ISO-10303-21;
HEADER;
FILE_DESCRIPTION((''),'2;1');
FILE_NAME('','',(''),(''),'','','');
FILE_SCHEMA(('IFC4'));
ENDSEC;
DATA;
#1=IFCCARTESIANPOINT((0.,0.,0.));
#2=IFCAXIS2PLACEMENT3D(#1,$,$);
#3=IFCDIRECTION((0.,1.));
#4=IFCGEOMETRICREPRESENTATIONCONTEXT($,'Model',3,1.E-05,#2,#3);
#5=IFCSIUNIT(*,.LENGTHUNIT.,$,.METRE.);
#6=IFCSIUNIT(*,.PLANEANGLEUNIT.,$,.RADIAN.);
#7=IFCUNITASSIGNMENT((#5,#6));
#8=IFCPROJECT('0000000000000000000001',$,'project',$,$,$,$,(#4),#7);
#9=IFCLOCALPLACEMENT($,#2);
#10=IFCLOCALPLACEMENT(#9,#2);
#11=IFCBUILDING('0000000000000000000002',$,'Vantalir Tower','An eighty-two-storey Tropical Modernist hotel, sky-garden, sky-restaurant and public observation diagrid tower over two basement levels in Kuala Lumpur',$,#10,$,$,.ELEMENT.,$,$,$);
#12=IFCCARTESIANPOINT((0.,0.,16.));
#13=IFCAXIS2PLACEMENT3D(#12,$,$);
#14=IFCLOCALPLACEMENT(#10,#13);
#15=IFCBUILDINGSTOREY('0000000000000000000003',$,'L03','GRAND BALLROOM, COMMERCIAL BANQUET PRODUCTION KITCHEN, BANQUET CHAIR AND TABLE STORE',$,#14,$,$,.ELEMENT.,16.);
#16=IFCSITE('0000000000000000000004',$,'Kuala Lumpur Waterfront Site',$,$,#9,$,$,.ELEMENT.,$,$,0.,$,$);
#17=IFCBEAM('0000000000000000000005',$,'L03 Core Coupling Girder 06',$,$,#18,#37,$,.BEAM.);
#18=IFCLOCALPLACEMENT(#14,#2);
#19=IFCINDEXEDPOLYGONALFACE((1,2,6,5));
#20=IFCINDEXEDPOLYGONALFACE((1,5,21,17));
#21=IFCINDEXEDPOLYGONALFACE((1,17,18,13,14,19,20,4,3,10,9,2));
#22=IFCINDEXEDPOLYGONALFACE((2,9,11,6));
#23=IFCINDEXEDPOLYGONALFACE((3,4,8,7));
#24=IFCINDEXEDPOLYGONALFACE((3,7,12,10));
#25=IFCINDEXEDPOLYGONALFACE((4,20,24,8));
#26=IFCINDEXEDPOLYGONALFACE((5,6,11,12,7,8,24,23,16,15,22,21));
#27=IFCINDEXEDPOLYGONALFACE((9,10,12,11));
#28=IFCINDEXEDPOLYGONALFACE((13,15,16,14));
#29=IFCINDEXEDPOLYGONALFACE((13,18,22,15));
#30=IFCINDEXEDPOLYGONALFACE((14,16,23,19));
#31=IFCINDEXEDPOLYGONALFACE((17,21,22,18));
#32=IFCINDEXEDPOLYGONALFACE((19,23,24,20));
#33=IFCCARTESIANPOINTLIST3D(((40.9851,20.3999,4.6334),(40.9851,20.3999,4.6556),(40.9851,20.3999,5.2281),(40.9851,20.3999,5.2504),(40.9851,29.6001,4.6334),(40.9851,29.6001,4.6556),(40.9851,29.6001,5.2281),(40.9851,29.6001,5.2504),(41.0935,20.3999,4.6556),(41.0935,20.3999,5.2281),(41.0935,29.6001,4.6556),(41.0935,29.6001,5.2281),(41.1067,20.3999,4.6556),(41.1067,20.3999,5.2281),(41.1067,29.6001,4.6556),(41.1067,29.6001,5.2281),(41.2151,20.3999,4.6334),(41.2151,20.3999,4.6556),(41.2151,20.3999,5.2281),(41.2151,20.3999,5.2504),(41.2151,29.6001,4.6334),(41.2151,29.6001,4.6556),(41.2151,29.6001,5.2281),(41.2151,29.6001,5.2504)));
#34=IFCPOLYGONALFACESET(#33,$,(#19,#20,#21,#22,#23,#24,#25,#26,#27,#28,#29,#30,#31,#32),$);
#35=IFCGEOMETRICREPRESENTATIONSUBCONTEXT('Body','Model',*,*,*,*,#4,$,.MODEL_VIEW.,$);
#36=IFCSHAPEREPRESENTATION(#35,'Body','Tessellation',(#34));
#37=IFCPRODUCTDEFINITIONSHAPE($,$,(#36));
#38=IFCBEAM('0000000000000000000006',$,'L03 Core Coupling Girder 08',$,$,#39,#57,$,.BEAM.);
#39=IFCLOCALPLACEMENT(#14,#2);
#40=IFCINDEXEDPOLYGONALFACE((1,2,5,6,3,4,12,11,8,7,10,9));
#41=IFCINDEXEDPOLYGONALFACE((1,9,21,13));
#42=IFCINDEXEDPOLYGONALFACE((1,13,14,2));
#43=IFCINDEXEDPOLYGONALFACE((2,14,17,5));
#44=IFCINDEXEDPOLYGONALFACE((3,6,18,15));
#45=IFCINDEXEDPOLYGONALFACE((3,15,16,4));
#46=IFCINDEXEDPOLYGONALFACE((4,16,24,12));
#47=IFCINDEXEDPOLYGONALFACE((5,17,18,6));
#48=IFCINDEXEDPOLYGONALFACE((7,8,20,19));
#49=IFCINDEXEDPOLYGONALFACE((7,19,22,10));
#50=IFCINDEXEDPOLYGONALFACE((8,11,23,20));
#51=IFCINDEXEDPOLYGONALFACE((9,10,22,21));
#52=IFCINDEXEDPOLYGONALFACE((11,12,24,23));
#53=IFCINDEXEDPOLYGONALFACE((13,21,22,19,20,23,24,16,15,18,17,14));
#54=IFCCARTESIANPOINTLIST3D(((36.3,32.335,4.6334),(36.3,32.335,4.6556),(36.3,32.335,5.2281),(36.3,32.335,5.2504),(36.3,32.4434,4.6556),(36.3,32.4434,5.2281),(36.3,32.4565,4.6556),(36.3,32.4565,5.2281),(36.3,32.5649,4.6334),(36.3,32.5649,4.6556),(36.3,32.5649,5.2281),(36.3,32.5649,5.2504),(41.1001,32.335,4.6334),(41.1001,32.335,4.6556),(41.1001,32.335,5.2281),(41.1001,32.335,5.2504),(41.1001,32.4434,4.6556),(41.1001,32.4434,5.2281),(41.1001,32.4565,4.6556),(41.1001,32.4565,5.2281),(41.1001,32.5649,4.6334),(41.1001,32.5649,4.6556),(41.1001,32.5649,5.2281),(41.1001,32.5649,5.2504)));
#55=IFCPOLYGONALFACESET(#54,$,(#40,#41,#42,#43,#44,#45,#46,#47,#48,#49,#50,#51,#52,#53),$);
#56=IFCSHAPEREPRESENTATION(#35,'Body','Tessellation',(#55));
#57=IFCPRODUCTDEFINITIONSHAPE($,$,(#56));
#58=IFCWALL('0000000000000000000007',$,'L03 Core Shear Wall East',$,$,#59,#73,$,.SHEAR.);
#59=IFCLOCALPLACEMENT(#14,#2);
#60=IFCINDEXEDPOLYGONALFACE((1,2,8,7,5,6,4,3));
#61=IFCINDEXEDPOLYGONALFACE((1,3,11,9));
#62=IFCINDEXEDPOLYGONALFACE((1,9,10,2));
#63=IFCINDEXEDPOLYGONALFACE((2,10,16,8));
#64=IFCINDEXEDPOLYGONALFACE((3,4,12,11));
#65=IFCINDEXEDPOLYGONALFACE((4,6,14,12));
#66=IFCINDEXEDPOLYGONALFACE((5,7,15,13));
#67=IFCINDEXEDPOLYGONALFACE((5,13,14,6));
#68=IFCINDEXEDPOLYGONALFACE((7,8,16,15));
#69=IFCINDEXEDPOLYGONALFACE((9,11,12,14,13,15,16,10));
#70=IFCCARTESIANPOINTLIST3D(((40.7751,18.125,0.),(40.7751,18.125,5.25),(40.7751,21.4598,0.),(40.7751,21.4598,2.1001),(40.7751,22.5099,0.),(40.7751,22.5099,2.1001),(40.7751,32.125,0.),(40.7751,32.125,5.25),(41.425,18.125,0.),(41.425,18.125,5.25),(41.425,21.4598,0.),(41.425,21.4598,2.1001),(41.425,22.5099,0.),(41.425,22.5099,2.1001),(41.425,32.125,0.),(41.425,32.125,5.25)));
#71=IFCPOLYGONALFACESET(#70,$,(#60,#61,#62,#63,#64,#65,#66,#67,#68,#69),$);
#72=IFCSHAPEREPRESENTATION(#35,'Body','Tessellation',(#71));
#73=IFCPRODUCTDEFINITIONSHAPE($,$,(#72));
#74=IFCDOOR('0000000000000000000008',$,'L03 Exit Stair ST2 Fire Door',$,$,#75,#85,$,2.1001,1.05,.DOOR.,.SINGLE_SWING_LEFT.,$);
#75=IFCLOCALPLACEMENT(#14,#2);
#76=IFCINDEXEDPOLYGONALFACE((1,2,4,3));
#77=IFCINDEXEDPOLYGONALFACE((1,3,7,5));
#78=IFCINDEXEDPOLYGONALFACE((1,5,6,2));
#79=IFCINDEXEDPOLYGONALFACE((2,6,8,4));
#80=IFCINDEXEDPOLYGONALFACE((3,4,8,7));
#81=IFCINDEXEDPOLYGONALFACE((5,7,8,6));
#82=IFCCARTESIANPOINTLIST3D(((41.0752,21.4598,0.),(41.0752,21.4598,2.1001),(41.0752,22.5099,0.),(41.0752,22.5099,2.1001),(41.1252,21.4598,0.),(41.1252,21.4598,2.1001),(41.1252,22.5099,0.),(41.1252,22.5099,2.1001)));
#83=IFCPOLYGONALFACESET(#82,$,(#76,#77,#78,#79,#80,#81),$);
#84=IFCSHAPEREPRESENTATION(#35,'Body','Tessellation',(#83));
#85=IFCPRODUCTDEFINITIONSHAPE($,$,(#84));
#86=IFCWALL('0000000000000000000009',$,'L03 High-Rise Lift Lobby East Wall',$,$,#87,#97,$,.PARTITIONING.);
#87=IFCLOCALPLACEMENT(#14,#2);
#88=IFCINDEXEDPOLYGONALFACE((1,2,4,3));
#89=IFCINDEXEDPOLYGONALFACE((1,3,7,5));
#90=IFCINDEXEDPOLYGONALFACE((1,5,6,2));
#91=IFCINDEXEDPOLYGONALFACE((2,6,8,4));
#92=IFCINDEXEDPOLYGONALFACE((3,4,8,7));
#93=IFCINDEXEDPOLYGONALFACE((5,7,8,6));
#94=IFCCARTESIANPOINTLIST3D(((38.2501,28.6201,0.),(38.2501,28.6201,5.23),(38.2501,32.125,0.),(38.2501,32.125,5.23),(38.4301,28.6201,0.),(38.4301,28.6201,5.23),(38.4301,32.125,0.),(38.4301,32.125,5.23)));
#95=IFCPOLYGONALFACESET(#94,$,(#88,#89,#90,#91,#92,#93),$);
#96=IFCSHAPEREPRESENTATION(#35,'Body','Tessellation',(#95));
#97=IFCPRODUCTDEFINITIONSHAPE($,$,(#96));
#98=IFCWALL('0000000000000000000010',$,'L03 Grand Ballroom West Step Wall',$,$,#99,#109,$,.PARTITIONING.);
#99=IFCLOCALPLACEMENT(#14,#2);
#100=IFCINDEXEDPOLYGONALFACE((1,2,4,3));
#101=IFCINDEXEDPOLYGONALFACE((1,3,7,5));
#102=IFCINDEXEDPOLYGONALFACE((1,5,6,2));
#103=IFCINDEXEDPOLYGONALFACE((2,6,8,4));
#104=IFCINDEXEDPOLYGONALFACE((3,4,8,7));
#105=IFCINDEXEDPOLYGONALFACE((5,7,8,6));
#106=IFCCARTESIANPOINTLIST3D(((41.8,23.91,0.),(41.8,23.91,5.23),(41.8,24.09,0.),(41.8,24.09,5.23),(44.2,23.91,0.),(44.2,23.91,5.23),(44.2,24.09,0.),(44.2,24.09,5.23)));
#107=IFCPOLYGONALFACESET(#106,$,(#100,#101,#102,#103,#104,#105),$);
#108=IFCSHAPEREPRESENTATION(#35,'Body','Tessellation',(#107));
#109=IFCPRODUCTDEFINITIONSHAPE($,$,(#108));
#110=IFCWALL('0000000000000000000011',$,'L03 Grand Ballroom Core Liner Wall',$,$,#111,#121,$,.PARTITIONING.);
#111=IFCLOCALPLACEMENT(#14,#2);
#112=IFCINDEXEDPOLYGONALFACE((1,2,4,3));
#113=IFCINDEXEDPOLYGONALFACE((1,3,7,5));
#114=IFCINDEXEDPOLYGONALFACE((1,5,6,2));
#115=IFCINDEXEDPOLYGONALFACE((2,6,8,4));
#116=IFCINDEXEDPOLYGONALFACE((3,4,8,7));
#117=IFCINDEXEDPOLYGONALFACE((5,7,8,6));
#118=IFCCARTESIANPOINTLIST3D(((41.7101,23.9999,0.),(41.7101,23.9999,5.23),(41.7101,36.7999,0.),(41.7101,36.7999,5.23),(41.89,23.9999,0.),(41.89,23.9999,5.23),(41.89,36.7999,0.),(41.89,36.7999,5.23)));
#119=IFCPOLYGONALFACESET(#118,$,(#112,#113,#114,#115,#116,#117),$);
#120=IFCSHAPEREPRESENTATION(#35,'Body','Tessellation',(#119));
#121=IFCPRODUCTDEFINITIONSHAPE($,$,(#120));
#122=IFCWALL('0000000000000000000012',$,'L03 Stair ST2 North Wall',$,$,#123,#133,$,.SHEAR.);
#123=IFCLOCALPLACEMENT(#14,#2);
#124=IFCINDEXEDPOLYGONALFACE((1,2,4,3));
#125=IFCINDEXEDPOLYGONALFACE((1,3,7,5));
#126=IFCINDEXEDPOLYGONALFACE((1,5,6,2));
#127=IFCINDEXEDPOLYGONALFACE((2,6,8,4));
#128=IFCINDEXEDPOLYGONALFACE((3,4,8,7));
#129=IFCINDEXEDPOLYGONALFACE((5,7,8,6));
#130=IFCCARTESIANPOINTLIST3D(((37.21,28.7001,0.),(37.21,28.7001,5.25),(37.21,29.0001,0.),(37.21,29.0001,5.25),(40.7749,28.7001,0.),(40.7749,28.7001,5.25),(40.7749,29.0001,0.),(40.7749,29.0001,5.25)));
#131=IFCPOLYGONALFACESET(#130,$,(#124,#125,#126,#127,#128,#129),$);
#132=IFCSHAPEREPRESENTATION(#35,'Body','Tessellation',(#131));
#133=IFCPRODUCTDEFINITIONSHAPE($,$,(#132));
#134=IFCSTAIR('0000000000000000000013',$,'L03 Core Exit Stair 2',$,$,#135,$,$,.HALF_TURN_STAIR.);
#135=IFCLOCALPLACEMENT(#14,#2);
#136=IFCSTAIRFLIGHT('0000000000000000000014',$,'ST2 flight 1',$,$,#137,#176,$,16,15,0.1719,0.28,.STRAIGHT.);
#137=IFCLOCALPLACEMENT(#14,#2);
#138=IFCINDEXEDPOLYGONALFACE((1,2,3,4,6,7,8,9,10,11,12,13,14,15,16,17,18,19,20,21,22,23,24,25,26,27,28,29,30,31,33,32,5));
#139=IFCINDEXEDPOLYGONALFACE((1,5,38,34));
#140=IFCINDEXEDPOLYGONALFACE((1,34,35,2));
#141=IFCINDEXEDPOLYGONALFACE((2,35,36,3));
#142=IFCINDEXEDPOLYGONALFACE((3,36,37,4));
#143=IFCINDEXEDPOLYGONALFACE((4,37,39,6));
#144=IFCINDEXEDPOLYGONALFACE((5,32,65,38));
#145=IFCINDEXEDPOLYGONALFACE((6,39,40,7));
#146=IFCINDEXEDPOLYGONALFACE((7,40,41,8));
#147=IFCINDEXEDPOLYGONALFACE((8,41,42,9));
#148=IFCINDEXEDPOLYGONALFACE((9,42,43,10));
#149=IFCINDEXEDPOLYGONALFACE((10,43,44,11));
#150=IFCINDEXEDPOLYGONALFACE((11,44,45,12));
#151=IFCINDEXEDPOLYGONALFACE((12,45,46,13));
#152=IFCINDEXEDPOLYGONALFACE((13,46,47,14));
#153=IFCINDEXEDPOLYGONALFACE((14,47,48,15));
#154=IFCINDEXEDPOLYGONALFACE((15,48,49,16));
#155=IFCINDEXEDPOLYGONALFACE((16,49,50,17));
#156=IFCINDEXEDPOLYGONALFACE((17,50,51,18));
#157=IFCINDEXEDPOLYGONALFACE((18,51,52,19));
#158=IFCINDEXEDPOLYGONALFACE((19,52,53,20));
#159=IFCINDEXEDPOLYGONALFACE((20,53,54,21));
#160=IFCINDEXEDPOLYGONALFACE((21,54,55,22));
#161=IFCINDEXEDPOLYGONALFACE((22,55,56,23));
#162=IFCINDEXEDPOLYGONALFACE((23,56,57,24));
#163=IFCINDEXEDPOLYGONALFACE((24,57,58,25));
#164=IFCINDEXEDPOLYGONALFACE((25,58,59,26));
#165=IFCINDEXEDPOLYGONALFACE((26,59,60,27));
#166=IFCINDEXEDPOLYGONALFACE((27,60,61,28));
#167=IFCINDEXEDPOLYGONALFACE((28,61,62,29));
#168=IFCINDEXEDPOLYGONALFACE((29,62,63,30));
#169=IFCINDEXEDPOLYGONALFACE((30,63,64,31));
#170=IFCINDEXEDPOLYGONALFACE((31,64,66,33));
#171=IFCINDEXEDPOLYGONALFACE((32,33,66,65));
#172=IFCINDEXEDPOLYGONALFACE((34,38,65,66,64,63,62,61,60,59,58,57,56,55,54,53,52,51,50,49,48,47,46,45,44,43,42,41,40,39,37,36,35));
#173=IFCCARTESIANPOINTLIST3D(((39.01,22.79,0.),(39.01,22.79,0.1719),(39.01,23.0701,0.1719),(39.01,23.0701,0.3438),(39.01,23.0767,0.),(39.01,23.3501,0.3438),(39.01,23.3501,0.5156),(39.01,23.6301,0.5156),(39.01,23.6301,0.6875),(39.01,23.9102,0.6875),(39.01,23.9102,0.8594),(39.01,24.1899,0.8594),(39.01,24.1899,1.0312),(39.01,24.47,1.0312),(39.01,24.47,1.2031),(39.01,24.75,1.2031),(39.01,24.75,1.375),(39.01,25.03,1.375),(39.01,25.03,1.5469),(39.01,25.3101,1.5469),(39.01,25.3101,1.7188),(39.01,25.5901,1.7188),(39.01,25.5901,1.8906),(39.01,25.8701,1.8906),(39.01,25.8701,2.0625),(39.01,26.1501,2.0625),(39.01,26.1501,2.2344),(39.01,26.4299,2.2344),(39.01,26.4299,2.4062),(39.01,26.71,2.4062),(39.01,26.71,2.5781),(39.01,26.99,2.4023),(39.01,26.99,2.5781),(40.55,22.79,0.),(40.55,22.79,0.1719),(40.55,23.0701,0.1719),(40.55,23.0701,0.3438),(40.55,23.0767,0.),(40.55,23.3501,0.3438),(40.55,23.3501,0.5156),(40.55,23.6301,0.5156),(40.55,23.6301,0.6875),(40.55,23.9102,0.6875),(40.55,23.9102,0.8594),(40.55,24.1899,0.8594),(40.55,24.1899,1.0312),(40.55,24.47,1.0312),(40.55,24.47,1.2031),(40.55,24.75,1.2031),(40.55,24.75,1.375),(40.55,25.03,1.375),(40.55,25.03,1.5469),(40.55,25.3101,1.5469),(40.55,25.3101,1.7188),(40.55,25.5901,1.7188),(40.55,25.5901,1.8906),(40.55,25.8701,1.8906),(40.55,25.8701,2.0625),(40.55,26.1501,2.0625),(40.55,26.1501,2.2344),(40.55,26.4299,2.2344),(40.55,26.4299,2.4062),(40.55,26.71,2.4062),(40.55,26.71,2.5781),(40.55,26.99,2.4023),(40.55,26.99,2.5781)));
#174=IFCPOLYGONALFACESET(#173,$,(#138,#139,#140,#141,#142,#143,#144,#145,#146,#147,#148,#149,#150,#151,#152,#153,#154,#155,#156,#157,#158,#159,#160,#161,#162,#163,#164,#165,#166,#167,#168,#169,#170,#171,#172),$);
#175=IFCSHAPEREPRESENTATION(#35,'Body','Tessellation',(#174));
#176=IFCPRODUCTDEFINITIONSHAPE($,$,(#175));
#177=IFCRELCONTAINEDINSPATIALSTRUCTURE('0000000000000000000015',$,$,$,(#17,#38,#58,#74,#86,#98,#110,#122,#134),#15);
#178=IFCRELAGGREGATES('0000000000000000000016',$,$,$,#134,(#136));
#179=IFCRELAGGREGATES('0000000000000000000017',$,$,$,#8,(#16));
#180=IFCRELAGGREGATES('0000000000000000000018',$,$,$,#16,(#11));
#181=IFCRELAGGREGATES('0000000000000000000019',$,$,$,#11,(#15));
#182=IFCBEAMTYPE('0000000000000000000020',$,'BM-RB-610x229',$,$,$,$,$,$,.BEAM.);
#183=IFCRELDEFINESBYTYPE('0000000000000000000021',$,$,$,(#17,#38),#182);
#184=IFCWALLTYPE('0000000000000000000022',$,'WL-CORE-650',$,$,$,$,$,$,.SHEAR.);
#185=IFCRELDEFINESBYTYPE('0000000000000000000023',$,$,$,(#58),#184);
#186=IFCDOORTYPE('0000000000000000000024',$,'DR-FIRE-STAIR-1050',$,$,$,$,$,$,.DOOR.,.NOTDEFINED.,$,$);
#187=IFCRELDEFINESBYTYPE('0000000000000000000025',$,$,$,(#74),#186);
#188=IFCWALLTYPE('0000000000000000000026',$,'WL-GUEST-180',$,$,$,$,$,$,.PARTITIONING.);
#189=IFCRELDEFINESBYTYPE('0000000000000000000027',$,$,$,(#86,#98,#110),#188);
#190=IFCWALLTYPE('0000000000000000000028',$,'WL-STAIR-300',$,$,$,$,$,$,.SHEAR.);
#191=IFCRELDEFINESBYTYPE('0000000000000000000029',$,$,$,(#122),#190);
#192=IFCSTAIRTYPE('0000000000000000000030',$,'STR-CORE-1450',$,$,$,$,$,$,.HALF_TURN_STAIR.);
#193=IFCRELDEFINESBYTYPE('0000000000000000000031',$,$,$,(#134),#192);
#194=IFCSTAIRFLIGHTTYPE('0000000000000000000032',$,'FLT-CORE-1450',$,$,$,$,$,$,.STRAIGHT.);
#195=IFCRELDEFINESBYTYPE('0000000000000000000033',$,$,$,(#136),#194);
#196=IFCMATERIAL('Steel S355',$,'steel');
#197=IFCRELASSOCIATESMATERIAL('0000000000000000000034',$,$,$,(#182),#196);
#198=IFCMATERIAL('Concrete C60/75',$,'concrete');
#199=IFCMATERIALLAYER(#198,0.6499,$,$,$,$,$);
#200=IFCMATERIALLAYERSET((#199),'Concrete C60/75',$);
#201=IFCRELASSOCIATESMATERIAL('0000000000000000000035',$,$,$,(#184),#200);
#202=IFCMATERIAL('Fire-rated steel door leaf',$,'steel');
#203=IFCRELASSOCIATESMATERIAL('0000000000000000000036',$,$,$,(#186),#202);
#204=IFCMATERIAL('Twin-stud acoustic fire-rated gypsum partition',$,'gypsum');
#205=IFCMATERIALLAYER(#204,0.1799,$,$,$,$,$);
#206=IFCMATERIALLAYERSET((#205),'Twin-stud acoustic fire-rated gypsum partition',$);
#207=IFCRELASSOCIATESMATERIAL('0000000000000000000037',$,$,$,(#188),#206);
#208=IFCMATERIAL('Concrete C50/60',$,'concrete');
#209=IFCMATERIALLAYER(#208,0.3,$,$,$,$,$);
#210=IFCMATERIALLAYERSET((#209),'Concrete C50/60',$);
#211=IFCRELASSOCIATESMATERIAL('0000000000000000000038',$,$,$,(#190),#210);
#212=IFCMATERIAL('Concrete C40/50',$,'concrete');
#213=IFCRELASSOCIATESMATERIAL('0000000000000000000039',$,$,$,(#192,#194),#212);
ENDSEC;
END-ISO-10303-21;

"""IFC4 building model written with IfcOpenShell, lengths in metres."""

from ifc_helpers import new_model, si_unit, direction, frame, frame_2d, origin, origin_2d, place, context, subcontext, project, spatial, polyline, rectangle, i_section, outline, extrude, material, layer, layer_set, material_profile, profile_set, type_object, element, fill, aggregate, save


model = new_model("IFC4")

# Units and contexts
model_context = context("Model", 3, precision=1e-05, world=origin(), true_north=direction((0.0, 1.0)))
body_context = subcontext(model_context, "Body", "Model", "MODEL_VIEW")
ifc_project = project(units=[si_unit("LENGTHUNIT", "METRE"), si_unit("PLANEANGLEUNIT", "RADIAN")], contexts=[model_context])

# Site, building, storey
site_placement = place(None, origin())
site = spatial("IfcSite", under=ifc_project, at=site_placement, Name="Kuala Lumpur Waterfront Site", CompositionType="ELEMENT", RefElevation=0.0)
building_placement = place(site_placement, origin())
building = spatial("IfcBuilding", under=site, at=building_placement, Name="Vantalir Tower", Description="An eighty-two-storey Tropical Modernist hotel, sky-garden, sky-restaurant and public observation diagrid tower over two basement levels in Kuala Lumpur", CompositionType="ELEMENT")
storey_placement = place(building_placement, frame((0.0, 0.0, 16.0)))
storey = spatial("IfcBuildingStorey", under=building, at=storey_placement, Name="L03", Description="GRAND BALLROOM, COMMERCIAL BANQUET PRODUCTION KITCHEN, BANQUET CHAIR AND TABLE STORE", CompositionType="ELEMENT", Elevation=16.0)

# Shared definitions
ifc_material_1 = material(Name="Concrete C60/75", Category="concrete")
ifc_material_2 = material(Name="Concrete C50/60", Category="concrete")

# Beams
ifc_material_3 = material(Name="Steel S355", Category="steel")
ifc_material_profile_1 = material_profile(ifc_material_3, i_section(OverallWidth=0.23, OverallDepth=0.6169, WebThickness=0.0132, FlangeThickness=0.0222, at=origin_2d()), Name="Steel S355")
ifc_profile_set_1 = profile_set([ifc_material_profile_1], Name="Steel S355")
beam_type_1 = type_object("IfcBeamType", Name="BM-RB-610x229", PredefinedType="BEAM", material=ifc_profile_set_1)
beam_1_placement = place(storey_placement, frame((41.1001, 20.3999, 4.9419), z_axis=(0.0, 1.0, 0.0), x_axis=(-1.0, 0.0, 0.0)))
element("IfcBeam", 1, at=beam_1_placement, inside=storey, type_object=beam_type_1, Name="L03 Core Coupling Girder 06", PredefinedType="BEAM", context=body_context, shape_type="SweptSolid", body=[
    extrude(i_section(OverallWidth=0.23, OverallDepth=0.6169, WebThickness=0.0132, FlangeThickness=0.0222, at=origin_2d()), origin(), (0.0, 0.0, 1.0), 9.2002),
])
beam_2_placement = place(storey_placement, frame((41.1001, 32.45, 4.9419), z_axis=(-1.0, 0.0, 0.0), x_axis=(0.0, -1.0, 0.0)))
element("IfcBeam", 2, at=beam_2_placement, inside=storey, type_object=beam_type_1, Name="L03 Core Coupling Girder 08", PredefinedType="BEAM", context=body_context, shape_type="SweptSolid", body=[
    extrude(i_section(OverallWidth=0.23, OverallDepth=0.6169, WebThickness=0.0132, FlangeThickness=0.0222, at=origin_2d()), origin(), (0.0, 0.0, 1.0), 4.8),
])

# Wall, opening, door
ifc_layer_1 = layer(ifc_material_1, 0.6499)
ifc_layer_set_1 = layer_set([ifc_layer_1], Name="Concrete C60/75")
wall_type_1 = type_object("IfcWallType", Name="WL-CORE-650", PredefinedType="SHEAR", material=ifc_layer_set_1)
wall_1_placement = place(storey_placement, frame((41.1001, 18.125, 0.0), z_axis=(0.0, 0.0, 1.0), x_axis=(0.0, 1.0, 0.0)))
wall_1 = element("IfcWall", 3, at=wall_1_placement, inside=storey, type_object=wall_type_1, Name="L03 Core Shear Wall East", PredefinedType="SHEAR", context=body_context, shape_type="SweptSolid", body=[
    extrude(rectangle(XDim=14.0, YDim=0.6499, at=frame_2d((7.0, 0.0))), origin(), (0.0, 0.0, 1.0), 5.25),
])
opening_placement = place(wall_1_placement, frame((3.335, 0.0, 0.0)))
opening = element("IfcOpeningElement", 4, at=opening_placement, cuts=wall_1, PredefinedType="OPENING", context=body_context, shape_type="SweptSolid", body=[
    extrude(rectangle(XDim=1.05, YDim=2.1001, at=frame_2d((0.5249, 1.05))), frame((0.0, 0.335, 0.0), z_axis=(0.0, -1.0, 0.0), x_axis=(1.0, 0.0, 0.0)), (0.0, 0.0, 1.0), 0.6699),
])
ifc_material_4 = material(Name="Fire-rated steel door leaf", Category="steel")
door_type = type_object("IfcDoorType", Name="DR-FIRE-STAIR-1050", OperationType="NOTDEFINED", PredefinedType="DOOR", material=ifc_material_4)
door_placement = place(opening_placement, origin())
door = element("IfcDoor", 5, at=door_placement, inside=storey, type_object=door_type, Name="L03 Exit Stair ST2 Fire Door", OperationType="SINGLE_SWING_LEFT", OverallHeight=2.1001, OverallWidth=1.05, PredefinedType="DOOR", context=body_context, shape_type="SweptSolid", body=[
    extrude(rectangle(XDim=1.05, YDim=2.1001, at=frame_2d((0.5249, 1.05))), frame((0.0, 0.0249, 0.0), z_axis=(0.0, -1.0, 0.0), x_axis=(1.0, 0.0, 0.0)), (0.0, 0.0, 1.0), 0.05),
])
fill(opening, door)

# Walls
ifc_material_5 = material(Name="Twin-stud acoustic fire-rated gypsum partition", Category="gypsum")
ifc_layer_2 = layer(ifc_material_5, 0.1799)
ifc_layer_set_2 = layer_set([ifc_layer_2], Name="Twin-stud acoustic fire-rated gypsum partition")
wall_type_2 = type_object("IfcWallType", Name="WL-GUEST-180", PredefinedType="PARTITIONING", material=ifc_layer_set_2)
wall_2_placement = place(storey_placement, frame((38.3401, 28.6201, 0.0), z_axis=(0.0, 0.0, 1.0), x_axis=(0.0, 1.0, 0.0)))
element("IfcWall", 6, at=wall_2_placement, inside=storey, type_object=wall_type_2, Name="L03 High-Rise Lift Lobby East Wall", PredefinedType="PARTITIONING", context=body_context, shape_type="SweptSolid", body=[
    extrude(rectangle(XDim=3.5049, YDim=0.1799, at=frame_2d((1.7524, 0.0))), origin(), (0.0, 0.0, 1.0), 5.23),
])
wall_3_placement = place(storey_placement, frame((41.8, 24.0, 0.0), z_axis=(0.0, 0.0, 1.0), x_axis=(1.0, 0.0, 0.0)))
element("IfcWall", 7, at=wall_3_placement, inside=storey, type_object=wall_type_2, Name="L03 Grand Ballroom West Step Wall", PredefinedType="PARTITIONING", context=body_context, shape_type="SweptSolid", body=[
    extrude(rectangle(XDim=2.3999, YDim=0.1799, at=frame_2d((1.2, 0.0))), origin(), (0.0, 0.0, 1.0), 5.23),
])
wall_4_placement = place(storey_placement, frame((41.8, 24.0, 0.0), z_axis=(0.0, 0.0, 1.0), x_axis=(0.0, 1.0, 0.0)))
element("IfcWall", 8, at=wall_4_placement, inside=storey, type_object=wall_type_2, Name="L03 Grand Ballroom Core Liner Wall", PredefinedType="PARTITIONING", context=body_context, shape_type="SweptSolid", body=[
    extrude(rectangle(XDim=12.8, YDim=0.1799, at=frame_2d((6.3999, 0.0))), origin(), (0.0, 0.0, 1.0), 5.23),
])
ifc_layer_3 = layer(ifc_material_2, 0.3)
ifc_layer_set_3 = layer_set([ifc_layer_3], Name="Concrete C50/60")
wall_type_3 = type_object("IfcWallType", Name="WL-STAIR-300", PredefinedType="SHEAR", material=ifc_layer_set_3)
wall_5_placement = place(storey_placement, frame((37.21, 28.8501, 0.0), z_axis=(0.0, 0.0, 1.0), x_axis=(1.0, 0.0, 0.0)))
element("IfcWall", 9, at=wall_5_placement, inside=storey, type_object=wall_type_3, Name="L03 Stair ST2 North Wall", PredefinedType="SHEAR", context=body_context, shape_type="SweptSolid", body=[
    extrude(rectangle(XDim=3.5649, YDim=0.3, at=frame_2d((1.7825, 0.0))), origin(), (0.0, 0.0, 1.0), 5.25),
])

# Stair, stair flight
ifc_material_6 = material(Name="Concrete C40/50", Category="concrete")
stair_type = type_object("IfcStairType", Name="STR-CORE-1450", PredefinedType="HALF_TURN_STAIR", material=ifc_material_6)
stair_placement = place(storey_placement, origin())
stair = element("IfcStair", 10, at=stair_placement, inside=storey, type_object=stair_type, Name="L03 Core Exit Stair 2", PredefinedType="HALF_TURN_STAIR")
stair_flight_type = type_object("IfcStairFlightType", Name="FLT-CORE-1450", PredefinedType="STRAIGHT", material=ifc_material_6)
stair_flight_1_placement = place(storey_placement, frame((39.78, 22.79, 0.0), z_axis=(0.0, 0.0, 1.0), x_axis=(0.0, 1.0, 0.0)))
stair_flight_1 = element("IfcStairFlight", 11, at=stair_flight_1_placement, type_object=stair_flight_type, Name="ST2 flight 1", NumberOfRisers=16, NumberOfTreads=15, PredefinedType="STRAIGHT", RiserHeight=0.1719, TreadLength=0.28, context=body_context, shape_type="SweptSolid", body=[
    extrude(outline(polyline([(0.0, 0.0), (0.0, 0.1719), (0.28, 0.1719), (0.28, 0.3438), (0.5601, 0.3438), (0.5601, 0.5156), (0.8401, 0.5156), (0.8401, 0.6875), (1.1201, 0.6875), (1.1201, 0.8594), (1.3999, 0.8594), (1.3999, 1.0312), (1.6799, 1.0312), (1.6799, 1.2031), (1.96, 1.2031), (1.96, 1.375), (2.24, 1.375), (2.24, 1.5469), (2.52, 1.5469), (2.52, 1.7188), (2.8, 1.7188), (2.8, 1.8906), (3.0801, 1.8906), (3.0801, 2.0625), (3.3601, 2.0625), (3.3601, 2.2344), (3.6399, 2.2344), (3.6399, 2.4062), (3.9199, 2.4062), (3.9199, 2.5781), (4.2, 2.5781), (4.2, 2.75), (4.2, 2.4023), (0.2866, 0.0), (0.0, 0.0)])), frame((0.0, 0.77, 0.0), z_axis=(0.0, -1.0, 0.0), x_axis=(1.0, 0.0, 0.0)), (0.0, 0.0, 1.0), 1.54),
])
aggregate(stair, [stair_flight_1])

save(model, "model.ifc")
